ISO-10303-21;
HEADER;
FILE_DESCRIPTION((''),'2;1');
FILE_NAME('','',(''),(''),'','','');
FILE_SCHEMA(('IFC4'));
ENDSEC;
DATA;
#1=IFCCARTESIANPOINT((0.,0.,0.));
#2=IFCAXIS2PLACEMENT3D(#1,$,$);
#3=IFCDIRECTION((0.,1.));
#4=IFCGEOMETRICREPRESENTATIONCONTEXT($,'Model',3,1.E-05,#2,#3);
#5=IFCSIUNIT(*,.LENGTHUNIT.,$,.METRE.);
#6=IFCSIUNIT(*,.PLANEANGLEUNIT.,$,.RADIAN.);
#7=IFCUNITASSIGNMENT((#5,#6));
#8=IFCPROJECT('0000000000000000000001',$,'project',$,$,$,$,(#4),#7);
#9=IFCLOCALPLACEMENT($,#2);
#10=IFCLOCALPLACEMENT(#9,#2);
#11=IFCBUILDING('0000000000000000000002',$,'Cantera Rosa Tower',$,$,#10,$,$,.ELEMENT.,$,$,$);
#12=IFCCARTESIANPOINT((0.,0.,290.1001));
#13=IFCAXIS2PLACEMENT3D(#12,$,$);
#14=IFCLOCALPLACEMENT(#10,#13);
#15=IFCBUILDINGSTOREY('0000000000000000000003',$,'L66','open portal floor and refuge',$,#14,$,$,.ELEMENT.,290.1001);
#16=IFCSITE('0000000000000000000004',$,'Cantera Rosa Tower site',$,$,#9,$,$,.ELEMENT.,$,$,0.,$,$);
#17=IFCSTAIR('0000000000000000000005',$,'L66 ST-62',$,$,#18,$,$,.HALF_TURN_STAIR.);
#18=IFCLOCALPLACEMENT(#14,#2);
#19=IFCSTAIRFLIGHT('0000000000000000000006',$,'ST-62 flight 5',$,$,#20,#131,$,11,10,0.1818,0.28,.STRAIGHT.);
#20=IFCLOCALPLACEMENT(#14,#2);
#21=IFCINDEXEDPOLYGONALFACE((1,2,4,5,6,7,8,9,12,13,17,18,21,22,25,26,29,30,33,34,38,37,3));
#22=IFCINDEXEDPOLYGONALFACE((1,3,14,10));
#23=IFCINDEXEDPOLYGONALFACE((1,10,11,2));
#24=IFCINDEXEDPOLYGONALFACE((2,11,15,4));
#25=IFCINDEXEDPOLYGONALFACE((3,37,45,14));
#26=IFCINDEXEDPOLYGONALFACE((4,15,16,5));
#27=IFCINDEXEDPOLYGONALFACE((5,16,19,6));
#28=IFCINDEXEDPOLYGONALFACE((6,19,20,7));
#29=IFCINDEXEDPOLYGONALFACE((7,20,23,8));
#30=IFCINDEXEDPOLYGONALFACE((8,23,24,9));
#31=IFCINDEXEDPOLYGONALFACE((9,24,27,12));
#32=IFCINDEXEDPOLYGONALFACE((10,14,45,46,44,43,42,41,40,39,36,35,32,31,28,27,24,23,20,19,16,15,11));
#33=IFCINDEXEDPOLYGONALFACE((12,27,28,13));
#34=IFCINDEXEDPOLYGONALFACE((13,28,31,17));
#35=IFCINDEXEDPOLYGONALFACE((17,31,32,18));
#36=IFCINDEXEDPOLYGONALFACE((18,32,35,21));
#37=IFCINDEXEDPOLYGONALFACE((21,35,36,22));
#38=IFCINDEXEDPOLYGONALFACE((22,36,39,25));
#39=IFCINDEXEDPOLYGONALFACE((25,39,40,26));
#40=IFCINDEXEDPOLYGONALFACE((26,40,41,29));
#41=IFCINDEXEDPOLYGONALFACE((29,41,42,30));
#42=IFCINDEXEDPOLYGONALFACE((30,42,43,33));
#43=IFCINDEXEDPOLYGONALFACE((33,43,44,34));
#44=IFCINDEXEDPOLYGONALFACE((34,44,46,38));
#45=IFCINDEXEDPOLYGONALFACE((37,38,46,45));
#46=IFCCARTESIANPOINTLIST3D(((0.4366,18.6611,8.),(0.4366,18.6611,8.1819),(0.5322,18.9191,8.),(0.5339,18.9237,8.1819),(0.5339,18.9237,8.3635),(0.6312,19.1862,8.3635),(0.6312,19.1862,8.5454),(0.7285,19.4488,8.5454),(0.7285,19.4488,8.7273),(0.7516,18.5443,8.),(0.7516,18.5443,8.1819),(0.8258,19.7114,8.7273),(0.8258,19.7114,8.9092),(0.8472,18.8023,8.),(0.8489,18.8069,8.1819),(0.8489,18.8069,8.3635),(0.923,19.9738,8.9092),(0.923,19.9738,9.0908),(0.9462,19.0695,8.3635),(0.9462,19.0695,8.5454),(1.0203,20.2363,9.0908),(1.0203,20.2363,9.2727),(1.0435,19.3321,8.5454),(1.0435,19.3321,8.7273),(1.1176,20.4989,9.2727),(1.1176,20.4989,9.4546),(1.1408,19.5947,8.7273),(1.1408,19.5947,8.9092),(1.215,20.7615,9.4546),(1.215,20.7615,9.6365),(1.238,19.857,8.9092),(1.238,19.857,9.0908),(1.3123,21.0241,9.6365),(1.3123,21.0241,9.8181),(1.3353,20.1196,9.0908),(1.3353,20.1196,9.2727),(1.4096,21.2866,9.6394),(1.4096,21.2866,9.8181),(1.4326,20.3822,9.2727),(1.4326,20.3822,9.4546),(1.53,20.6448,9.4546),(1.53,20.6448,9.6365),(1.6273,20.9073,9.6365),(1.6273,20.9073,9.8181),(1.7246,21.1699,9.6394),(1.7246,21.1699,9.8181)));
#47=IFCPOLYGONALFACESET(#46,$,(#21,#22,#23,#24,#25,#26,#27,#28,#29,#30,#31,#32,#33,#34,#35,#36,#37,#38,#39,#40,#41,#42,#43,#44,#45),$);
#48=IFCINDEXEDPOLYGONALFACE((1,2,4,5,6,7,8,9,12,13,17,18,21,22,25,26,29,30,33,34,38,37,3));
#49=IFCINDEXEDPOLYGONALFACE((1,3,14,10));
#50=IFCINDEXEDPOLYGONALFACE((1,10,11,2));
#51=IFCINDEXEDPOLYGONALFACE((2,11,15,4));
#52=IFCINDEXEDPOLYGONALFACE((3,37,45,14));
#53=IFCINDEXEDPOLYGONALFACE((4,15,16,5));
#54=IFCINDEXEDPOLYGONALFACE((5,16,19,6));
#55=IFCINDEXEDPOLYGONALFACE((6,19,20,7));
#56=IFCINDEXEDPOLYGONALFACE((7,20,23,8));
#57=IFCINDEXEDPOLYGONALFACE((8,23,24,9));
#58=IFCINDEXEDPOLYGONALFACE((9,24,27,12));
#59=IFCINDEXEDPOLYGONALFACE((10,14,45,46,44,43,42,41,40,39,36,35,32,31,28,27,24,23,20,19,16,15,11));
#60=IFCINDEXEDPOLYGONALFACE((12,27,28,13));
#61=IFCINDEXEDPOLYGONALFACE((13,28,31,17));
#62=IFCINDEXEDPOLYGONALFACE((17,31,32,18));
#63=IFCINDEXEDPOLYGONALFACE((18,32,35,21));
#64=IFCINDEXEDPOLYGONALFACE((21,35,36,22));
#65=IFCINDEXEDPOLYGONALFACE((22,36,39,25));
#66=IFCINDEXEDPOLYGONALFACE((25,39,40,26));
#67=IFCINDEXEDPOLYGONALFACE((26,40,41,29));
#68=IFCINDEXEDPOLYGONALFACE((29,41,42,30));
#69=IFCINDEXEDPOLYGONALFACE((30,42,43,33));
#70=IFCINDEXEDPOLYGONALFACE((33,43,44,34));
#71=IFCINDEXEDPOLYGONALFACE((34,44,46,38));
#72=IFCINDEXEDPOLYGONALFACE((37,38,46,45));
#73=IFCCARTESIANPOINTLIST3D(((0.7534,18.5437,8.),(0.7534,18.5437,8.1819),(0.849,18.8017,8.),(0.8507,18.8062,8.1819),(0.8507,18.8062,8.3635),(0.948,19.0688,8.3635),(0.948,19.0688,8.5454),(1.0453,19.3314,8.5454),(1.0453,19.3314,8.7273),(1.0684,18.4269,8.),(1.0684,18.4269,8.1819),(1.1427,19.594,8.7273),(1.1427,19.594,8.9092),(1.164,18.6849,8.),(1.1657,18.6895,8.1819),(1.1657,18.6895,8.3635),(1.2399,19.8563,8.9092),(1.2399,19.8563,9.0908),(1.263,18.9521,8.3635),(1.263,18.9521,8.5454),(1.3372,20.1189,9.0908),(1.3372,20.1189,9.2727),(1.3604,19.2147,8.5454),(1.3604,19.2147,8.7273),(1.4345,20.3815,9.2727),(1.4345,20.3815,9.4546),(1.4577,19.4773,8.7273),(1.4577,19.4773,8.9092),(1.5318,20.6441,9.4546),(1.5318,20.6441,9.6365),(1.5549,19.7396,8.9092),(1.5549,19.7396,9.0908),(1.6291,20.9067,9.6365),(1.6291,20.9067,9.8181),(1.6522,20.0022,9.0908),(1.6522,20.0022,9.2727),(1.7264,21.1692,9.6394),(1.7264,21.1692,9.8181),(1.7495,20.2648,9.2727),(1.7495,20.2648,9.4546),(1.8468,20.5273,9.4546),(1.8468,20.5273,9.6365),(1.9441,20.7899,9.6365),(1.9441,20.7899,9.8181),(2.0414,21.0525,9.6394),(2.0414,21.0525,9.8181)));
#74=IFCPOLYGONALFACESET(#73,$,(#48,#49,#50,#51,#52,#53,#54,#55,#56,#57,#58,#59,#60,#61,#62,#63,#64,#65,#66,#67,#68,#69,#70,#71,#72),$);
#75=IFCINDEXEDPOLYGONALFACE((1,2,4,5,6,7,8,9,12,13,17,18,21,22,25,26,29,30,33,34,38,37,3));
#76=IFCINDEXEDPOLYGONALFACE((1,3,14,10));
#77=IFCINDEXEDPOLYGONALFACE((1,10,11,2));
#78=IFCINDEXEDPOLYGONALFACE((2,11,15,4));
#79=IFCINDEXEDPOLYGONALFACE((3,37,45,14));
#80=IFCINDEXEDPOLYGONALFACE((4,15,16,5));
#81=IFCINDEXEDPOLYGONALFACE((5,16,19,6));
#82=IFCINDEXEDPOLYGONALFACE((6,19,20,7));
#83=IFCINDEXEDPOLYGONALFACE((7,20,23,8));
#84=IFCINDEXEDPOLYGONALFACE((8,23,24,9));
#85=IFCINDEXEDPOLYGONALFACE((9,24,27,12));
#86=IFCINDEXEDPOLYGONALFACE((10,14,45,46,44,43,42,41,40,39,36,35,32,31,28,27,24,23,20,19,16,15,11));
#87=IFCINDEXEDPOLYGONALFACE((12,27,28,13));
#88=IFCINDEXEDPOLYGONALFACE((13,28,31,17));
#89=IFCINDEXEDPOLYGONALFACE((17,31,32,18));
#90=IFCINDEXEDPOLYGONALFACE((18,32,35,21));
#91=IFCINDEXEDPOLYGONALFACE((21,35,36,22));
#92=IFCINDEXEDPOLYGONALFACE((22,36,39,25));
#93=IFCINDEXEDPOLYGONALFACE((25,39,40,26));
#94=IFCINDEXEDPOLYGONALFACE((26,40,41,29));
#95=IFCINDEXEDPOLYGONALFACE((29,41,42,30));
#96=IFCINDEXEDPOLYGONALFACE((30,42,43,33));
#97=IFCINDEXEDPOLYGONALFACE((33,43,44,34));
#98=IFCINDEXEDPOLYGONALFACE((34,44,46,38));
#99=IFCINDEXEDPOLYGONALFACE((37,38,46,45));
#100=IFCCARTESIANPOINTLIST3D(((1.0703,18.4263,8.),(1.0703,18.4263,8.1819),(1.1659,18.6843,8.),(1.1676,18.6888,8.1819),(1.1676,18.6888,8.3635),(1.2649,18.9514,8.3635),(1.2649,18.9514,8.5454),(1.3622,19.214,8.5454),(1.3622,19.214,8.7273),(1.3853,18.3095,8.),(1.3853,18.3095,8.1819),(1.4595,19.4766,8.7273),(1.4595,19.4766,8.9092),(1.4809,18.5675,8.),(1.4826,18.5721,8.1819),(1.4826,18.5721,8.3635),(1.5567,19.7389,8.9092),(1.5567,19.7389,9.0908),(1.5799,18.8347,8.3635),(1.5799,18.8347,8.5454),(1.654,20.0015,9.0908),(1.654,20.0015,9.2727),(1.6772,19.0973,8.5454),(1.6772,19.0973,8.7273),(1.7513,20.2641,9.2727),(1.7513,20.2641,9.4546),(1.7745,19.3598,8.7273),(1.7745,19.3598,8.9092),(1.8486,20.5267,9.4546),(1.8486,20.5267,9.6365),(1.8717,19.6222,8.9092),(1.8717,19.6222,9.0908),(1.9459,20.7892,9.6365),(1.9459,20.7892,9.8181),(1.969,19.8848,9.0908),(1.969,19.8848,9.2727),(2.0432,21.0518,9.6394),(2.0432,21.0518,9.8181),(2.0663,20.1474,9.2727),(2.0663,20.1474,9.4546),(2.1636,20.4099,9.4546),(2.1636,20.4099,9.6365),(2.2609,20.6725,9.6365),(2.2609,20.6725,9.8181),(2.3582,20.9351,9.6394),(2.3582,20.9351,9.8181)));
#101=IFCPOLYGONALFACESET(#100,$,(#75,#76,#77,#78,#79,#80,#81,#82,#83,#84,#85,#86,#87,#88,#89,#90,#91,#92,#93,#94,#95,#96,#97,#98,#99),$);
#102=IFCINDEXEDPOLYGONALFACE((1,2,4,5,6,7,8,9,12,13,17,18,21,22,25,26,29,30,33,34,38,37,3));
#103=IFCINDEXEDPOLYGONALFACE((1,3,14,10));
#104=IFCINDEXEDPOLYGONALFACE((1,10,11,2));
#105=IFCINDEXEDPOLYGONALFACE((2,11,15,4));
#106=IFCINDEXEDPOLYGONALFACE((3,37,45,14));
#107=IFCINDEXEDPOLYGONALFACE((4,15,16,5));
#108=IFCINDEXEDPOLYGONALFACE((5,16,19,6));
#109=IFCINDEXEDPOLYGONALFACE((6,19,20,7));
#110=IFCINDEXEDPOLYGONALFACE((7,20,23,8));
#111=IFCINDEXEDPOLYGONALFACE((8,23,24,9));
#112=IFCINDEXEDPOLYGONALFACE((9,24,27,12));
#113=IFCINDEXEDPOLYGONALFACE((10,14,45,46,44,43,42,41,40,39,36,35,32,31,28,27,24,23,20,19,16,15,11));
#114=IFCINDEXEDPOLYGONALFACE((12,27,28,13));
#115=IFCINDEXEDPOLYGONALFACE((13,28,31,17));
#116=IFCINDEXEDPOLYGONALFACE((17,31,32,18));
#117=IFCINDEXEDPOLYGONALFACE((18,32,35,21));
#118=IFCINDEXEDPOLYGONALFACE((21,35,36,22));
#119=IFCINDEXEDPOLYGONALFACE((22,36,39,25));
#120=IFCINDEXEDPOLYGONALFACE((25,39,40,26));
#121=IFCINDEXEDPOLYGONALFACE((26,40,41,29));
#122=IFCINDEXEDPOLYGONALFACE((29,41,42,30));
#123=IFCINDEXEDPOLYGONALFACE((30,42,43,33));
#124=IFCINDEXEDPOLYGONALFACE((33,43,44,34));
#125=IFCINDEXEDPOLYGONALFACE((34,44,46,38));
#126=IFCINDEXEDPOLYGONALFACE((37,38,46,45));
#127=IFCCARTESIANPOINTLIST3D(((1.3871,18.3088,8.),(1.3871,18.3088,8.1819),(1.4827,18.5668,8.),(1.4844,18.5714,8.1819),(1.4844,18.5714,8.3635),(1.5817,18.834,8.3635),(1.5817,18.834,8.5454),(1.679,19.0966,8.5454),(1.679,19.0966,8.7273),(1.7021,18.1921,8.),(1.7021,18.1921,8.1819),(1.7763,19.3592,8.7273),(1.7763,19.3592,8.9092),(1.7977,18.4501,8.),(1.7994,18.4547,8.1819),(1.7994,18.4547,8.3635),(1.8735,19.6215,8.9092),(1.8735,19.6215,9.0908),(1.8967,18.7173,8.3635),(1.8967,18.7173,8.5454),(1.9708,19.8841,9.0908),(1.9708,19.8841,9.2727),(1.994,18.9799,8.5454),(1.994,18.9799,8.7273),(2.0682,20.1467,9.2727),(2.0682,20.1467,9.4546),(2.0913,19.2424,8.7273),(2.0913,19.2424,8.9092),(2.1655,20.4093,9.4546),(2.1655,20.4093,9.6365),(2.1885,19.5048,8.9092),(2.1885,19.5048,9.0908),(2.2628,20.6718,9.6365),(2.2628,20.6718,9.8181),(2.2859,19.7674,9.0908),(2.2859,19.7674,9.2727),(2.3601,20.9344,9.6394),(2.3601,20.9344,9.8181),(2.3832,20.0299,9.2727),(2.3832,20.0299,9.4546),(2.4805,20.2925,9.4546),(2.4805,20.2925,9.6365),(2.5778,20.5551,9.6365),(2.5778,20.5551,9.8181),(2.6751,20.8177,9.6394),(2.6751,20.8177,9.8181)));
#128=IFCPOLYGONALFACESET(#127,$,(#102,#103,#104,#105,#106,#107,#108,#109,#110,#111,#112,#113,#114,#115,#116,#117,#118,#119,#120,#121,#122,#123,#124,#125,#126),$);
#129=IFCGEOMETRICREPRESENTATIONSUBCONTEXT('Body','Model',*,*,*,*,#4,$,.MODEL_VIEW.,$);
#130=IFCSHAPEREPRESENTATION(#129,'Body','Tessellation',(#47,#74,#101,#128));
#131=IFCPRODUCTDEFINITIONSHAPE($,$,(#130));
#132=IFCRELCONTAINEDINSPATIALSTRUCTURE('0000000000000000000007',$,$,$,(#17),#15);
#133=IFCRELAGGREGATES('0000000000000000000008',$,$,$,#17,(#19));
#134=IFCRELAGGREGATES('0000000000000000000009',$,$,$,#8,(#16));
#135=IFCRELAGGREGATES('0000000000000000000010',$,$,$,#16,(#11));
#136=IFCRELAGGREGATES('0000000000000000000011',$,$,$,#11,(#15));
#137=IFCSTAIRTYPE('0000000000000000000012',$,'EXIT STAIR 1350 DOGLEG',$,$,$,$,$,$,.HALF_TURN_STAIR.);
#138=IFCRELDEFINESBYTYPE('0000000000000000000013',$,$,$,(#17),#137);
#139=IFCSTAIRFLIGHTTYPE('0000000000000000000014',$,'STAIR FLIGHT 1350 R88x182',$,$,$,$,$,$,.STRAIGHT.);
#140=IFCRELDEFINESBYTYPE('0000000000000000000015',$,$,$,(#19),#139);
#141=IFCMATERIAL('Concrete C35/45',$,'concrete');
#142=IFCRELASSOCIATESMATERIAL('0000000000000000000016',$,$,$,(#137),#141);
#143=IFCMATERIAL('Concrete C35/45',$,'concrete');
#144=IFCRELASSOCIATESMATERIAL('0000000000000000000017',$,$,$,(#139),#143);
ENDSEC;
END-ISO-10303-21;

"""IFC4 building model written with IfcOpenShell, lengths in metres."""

from ifc_helpers import new_model, si_unit, direction, frame, origin, place, context, subcontext, project, spatial, polyline, outline, extrude, material, type_object, element, aggregate, save


model = new_model("IFC4")

# Units and contexts
model_context = context("Model", 3, precision=1e-05, world=origin(), true_north=direction((0.0, 1.0)))
body_context = subcontext(model_context, "Body", "Model", "MODEL_VIEW")
ifc_project = project(units=[si_unit("LENGTHUNIT", "METRE"), si_unit("PLANEANGLEUNIT", "RADIAN")], contexts=[model_context])

# Site, building, storey
site_placement = place(None, origin())
site = spatial("IfcSite", under=ifc_project, at=site_placement, Name="Cantera Rosa Tower site", CompositionType="ELEMENT", RefElevation=0.0)
building_placement = place(site_placement, origin())
building = spatial("IfcBuilding", under=site, at=building_placement, Name="Cantera Rosa Tower", CompositionType="ELEMENT")
storey_placement = place(building_placement, frame((0.0, 0.0, 290.1001)))
storey = spatial("IfcBuildingStorey", under=building, at=storey_placement, Name="L66", Description="open portal floor and refuge", CompositionType="ELEMENT", Elevation=290.1001)

# Stair, stair flight
ifc_material_1 = material(Name="Concrete C35/45", Category="concrete")
stair_type = type_object("IfcStairType", Name="EXIT STAIR 1350 DOGLEG", PredefinedType="HALF_TURN_STAIR", material=ifc_material_1)
stair_placement = place(storey_placement, origin())
stair = element("IfcStair", 1, at=stair_placement, inside=storey, type_object=stair_type, Name="L66 ST-62", PredefinedType="HALF_TURN_STAIR")
ifc_material_2 = material(Name="Concrete C35/45", Category="concrete")
stair_flight_type = type_object("IfcStairFlightType", Name="STAIR FLIGHT 1350 R88x182", PredefinedType="STRAIGHT", material=ifc_material_2)
stair_flight_1_placement = place(storey_placement, frame((1.0696, 18.4265, 8.0), z_axis=(0.0, 0.0, 1.0), x_axis=(0.347481, 0.937687, 0.0)))
stair_flight_1 = element("IfcStairFlight", 2, at=stair_flight_1_placement, type_object=stair_flight_type, Name="ST-62 flight 5", NumberOfRisers=11, NumberOfTreads=10, PredefinedType="STRAIGHT", RiserHeight=0.1818, TreadLength=0.28, context=body_context, shape_type="SweptSolid", body=[
    extrude(outline(polyline([(0.0, 0.0), (0.0, 0.1819), (0.28, 0.1819), (0.28, 0.3635), (0.5601, 0.3635), (0.5601, 0.5454), (0.8401, 0.5454), (0.8401, 0.7273), (1.1201, 0.7273), (1.1201, 0.9092), (1.3999, 0.9092), (1.3999, 1.0908), (1.6799, 1.0908), (1.6799, 1.2727), (1.96, 1.2727), (1.96, 1.4546), (2.24, 1.4546), (2.24, 1.6365), (2.52, 1.6365), (2.52, 1.8181), (2.8, 1.8181), (2.8, 2.0), (2.8, 1.6394), (0.2751, 0.0), (0.0, 0.0)])), frame((0.0, 0.675, 0.0), z_axis=(0.0, -1.0, 0.0), x_axis=(1.0, 0.0, 0.0)), (0.0, 0.0, 1.0), 0.3359),
    extrude(outline(polyline([(0.0, 0.0), (0.0, 0.1819), (0.28, 0.1819), (0.28, 0.3635), (0.5601, 0.3635), (0.5601, 0.5454), (0.8401, 0.5454), (0.8401, 0.7273), (1.1201, 0.7273), (1.1201, 0.9092), (1.3999, 0.9092), (1.3999, 1.0908), (1.6799, 1.0908), (1.6799, 1.2727), (1.96, 1.2727), (1.96, 1.4546), (2.24, 1.4546), (2.24, 1.6365), (2.52, 1.6365), (2.52, 1.8181), (2.8, 1.8181), (2.8, 2.0), (2.8, 1.6394), (0.2751, 0.0), (0.0, 0.0)])), frame((0.0, 0.3372, 0.0), z_axis=(0.0, -1.0, 0.0), x_axis=(1.0, 0.0, 0.0)), (0.0, 0.0, 1.0), 0.3359),
    extrude(outline(polyline([(0.0, 0.0), (0.0, 0.1819), (0.28, 0.1819), (0.28, 0.3635), (0.5601, 0.3635), (0.5601, 0.5454), (0.8401, 0.5454), (0.8401, 0.7273), (1.1201, 0.7273), (1.1201, 0.9092), (1.3999, 0.9092), (1.3999, 1.0908), (1.6799, 1.0908), (1.6799, 1.2727), (1.96, 1.2727), (1.96, 1.4546), (2.24, 1.4546), (2.24, 1.6365), (2.52, 1.6365), (2.52, 1.8181), (2.8, 1.8181), (2.8, 2.0), (2.8, 1.6394), (0.2751, 0.0), (0.0, 0.0)])), frame((0.0, -0.0007, 0.0), z_axis=(0.0, -1.0, 0.0), x_axis=(1.0, 0.0, 0.0)), (0.0, 0.0, 1.0), 0.3359),
    extrude(outline(polyline([(0.0, 0.0), (0.0, 0.1819), (0.28, 0.1819), (0.28, 0.3635), (0.5601, 0.3635), (0.5601, 0.5454), (0.8401, 0.5454), (0.8401, 0.7273), (1.1201, 0.7273), (1.1201, 0.9092), (1.3999, 0.9092), (1.3999, 1.0908), (1.6799, 1.0908), (1.6799, 1.2727), (1.96, 1.2727), (1.96, 1.4546), (2.24, 1.4546), (2.24, 1.6365), (2.52, 1.6365), (2.52, 1.8181), (2.8, 1.8181), (2.8, 2.0), (2.8, 1.6394), (0.2751, 0.0), (0.0, 0.0)])), frame((0.0, -0.3386, 0.0), z_axis=(0.0, -1.0, 0.0), x_axis=(1.0, 0.0, 0.0)), (0.0, 0.0, 1.0), 0.3359),
])
aggregate(stair, [stair_flight_1])

save(model, "model.ifc")
